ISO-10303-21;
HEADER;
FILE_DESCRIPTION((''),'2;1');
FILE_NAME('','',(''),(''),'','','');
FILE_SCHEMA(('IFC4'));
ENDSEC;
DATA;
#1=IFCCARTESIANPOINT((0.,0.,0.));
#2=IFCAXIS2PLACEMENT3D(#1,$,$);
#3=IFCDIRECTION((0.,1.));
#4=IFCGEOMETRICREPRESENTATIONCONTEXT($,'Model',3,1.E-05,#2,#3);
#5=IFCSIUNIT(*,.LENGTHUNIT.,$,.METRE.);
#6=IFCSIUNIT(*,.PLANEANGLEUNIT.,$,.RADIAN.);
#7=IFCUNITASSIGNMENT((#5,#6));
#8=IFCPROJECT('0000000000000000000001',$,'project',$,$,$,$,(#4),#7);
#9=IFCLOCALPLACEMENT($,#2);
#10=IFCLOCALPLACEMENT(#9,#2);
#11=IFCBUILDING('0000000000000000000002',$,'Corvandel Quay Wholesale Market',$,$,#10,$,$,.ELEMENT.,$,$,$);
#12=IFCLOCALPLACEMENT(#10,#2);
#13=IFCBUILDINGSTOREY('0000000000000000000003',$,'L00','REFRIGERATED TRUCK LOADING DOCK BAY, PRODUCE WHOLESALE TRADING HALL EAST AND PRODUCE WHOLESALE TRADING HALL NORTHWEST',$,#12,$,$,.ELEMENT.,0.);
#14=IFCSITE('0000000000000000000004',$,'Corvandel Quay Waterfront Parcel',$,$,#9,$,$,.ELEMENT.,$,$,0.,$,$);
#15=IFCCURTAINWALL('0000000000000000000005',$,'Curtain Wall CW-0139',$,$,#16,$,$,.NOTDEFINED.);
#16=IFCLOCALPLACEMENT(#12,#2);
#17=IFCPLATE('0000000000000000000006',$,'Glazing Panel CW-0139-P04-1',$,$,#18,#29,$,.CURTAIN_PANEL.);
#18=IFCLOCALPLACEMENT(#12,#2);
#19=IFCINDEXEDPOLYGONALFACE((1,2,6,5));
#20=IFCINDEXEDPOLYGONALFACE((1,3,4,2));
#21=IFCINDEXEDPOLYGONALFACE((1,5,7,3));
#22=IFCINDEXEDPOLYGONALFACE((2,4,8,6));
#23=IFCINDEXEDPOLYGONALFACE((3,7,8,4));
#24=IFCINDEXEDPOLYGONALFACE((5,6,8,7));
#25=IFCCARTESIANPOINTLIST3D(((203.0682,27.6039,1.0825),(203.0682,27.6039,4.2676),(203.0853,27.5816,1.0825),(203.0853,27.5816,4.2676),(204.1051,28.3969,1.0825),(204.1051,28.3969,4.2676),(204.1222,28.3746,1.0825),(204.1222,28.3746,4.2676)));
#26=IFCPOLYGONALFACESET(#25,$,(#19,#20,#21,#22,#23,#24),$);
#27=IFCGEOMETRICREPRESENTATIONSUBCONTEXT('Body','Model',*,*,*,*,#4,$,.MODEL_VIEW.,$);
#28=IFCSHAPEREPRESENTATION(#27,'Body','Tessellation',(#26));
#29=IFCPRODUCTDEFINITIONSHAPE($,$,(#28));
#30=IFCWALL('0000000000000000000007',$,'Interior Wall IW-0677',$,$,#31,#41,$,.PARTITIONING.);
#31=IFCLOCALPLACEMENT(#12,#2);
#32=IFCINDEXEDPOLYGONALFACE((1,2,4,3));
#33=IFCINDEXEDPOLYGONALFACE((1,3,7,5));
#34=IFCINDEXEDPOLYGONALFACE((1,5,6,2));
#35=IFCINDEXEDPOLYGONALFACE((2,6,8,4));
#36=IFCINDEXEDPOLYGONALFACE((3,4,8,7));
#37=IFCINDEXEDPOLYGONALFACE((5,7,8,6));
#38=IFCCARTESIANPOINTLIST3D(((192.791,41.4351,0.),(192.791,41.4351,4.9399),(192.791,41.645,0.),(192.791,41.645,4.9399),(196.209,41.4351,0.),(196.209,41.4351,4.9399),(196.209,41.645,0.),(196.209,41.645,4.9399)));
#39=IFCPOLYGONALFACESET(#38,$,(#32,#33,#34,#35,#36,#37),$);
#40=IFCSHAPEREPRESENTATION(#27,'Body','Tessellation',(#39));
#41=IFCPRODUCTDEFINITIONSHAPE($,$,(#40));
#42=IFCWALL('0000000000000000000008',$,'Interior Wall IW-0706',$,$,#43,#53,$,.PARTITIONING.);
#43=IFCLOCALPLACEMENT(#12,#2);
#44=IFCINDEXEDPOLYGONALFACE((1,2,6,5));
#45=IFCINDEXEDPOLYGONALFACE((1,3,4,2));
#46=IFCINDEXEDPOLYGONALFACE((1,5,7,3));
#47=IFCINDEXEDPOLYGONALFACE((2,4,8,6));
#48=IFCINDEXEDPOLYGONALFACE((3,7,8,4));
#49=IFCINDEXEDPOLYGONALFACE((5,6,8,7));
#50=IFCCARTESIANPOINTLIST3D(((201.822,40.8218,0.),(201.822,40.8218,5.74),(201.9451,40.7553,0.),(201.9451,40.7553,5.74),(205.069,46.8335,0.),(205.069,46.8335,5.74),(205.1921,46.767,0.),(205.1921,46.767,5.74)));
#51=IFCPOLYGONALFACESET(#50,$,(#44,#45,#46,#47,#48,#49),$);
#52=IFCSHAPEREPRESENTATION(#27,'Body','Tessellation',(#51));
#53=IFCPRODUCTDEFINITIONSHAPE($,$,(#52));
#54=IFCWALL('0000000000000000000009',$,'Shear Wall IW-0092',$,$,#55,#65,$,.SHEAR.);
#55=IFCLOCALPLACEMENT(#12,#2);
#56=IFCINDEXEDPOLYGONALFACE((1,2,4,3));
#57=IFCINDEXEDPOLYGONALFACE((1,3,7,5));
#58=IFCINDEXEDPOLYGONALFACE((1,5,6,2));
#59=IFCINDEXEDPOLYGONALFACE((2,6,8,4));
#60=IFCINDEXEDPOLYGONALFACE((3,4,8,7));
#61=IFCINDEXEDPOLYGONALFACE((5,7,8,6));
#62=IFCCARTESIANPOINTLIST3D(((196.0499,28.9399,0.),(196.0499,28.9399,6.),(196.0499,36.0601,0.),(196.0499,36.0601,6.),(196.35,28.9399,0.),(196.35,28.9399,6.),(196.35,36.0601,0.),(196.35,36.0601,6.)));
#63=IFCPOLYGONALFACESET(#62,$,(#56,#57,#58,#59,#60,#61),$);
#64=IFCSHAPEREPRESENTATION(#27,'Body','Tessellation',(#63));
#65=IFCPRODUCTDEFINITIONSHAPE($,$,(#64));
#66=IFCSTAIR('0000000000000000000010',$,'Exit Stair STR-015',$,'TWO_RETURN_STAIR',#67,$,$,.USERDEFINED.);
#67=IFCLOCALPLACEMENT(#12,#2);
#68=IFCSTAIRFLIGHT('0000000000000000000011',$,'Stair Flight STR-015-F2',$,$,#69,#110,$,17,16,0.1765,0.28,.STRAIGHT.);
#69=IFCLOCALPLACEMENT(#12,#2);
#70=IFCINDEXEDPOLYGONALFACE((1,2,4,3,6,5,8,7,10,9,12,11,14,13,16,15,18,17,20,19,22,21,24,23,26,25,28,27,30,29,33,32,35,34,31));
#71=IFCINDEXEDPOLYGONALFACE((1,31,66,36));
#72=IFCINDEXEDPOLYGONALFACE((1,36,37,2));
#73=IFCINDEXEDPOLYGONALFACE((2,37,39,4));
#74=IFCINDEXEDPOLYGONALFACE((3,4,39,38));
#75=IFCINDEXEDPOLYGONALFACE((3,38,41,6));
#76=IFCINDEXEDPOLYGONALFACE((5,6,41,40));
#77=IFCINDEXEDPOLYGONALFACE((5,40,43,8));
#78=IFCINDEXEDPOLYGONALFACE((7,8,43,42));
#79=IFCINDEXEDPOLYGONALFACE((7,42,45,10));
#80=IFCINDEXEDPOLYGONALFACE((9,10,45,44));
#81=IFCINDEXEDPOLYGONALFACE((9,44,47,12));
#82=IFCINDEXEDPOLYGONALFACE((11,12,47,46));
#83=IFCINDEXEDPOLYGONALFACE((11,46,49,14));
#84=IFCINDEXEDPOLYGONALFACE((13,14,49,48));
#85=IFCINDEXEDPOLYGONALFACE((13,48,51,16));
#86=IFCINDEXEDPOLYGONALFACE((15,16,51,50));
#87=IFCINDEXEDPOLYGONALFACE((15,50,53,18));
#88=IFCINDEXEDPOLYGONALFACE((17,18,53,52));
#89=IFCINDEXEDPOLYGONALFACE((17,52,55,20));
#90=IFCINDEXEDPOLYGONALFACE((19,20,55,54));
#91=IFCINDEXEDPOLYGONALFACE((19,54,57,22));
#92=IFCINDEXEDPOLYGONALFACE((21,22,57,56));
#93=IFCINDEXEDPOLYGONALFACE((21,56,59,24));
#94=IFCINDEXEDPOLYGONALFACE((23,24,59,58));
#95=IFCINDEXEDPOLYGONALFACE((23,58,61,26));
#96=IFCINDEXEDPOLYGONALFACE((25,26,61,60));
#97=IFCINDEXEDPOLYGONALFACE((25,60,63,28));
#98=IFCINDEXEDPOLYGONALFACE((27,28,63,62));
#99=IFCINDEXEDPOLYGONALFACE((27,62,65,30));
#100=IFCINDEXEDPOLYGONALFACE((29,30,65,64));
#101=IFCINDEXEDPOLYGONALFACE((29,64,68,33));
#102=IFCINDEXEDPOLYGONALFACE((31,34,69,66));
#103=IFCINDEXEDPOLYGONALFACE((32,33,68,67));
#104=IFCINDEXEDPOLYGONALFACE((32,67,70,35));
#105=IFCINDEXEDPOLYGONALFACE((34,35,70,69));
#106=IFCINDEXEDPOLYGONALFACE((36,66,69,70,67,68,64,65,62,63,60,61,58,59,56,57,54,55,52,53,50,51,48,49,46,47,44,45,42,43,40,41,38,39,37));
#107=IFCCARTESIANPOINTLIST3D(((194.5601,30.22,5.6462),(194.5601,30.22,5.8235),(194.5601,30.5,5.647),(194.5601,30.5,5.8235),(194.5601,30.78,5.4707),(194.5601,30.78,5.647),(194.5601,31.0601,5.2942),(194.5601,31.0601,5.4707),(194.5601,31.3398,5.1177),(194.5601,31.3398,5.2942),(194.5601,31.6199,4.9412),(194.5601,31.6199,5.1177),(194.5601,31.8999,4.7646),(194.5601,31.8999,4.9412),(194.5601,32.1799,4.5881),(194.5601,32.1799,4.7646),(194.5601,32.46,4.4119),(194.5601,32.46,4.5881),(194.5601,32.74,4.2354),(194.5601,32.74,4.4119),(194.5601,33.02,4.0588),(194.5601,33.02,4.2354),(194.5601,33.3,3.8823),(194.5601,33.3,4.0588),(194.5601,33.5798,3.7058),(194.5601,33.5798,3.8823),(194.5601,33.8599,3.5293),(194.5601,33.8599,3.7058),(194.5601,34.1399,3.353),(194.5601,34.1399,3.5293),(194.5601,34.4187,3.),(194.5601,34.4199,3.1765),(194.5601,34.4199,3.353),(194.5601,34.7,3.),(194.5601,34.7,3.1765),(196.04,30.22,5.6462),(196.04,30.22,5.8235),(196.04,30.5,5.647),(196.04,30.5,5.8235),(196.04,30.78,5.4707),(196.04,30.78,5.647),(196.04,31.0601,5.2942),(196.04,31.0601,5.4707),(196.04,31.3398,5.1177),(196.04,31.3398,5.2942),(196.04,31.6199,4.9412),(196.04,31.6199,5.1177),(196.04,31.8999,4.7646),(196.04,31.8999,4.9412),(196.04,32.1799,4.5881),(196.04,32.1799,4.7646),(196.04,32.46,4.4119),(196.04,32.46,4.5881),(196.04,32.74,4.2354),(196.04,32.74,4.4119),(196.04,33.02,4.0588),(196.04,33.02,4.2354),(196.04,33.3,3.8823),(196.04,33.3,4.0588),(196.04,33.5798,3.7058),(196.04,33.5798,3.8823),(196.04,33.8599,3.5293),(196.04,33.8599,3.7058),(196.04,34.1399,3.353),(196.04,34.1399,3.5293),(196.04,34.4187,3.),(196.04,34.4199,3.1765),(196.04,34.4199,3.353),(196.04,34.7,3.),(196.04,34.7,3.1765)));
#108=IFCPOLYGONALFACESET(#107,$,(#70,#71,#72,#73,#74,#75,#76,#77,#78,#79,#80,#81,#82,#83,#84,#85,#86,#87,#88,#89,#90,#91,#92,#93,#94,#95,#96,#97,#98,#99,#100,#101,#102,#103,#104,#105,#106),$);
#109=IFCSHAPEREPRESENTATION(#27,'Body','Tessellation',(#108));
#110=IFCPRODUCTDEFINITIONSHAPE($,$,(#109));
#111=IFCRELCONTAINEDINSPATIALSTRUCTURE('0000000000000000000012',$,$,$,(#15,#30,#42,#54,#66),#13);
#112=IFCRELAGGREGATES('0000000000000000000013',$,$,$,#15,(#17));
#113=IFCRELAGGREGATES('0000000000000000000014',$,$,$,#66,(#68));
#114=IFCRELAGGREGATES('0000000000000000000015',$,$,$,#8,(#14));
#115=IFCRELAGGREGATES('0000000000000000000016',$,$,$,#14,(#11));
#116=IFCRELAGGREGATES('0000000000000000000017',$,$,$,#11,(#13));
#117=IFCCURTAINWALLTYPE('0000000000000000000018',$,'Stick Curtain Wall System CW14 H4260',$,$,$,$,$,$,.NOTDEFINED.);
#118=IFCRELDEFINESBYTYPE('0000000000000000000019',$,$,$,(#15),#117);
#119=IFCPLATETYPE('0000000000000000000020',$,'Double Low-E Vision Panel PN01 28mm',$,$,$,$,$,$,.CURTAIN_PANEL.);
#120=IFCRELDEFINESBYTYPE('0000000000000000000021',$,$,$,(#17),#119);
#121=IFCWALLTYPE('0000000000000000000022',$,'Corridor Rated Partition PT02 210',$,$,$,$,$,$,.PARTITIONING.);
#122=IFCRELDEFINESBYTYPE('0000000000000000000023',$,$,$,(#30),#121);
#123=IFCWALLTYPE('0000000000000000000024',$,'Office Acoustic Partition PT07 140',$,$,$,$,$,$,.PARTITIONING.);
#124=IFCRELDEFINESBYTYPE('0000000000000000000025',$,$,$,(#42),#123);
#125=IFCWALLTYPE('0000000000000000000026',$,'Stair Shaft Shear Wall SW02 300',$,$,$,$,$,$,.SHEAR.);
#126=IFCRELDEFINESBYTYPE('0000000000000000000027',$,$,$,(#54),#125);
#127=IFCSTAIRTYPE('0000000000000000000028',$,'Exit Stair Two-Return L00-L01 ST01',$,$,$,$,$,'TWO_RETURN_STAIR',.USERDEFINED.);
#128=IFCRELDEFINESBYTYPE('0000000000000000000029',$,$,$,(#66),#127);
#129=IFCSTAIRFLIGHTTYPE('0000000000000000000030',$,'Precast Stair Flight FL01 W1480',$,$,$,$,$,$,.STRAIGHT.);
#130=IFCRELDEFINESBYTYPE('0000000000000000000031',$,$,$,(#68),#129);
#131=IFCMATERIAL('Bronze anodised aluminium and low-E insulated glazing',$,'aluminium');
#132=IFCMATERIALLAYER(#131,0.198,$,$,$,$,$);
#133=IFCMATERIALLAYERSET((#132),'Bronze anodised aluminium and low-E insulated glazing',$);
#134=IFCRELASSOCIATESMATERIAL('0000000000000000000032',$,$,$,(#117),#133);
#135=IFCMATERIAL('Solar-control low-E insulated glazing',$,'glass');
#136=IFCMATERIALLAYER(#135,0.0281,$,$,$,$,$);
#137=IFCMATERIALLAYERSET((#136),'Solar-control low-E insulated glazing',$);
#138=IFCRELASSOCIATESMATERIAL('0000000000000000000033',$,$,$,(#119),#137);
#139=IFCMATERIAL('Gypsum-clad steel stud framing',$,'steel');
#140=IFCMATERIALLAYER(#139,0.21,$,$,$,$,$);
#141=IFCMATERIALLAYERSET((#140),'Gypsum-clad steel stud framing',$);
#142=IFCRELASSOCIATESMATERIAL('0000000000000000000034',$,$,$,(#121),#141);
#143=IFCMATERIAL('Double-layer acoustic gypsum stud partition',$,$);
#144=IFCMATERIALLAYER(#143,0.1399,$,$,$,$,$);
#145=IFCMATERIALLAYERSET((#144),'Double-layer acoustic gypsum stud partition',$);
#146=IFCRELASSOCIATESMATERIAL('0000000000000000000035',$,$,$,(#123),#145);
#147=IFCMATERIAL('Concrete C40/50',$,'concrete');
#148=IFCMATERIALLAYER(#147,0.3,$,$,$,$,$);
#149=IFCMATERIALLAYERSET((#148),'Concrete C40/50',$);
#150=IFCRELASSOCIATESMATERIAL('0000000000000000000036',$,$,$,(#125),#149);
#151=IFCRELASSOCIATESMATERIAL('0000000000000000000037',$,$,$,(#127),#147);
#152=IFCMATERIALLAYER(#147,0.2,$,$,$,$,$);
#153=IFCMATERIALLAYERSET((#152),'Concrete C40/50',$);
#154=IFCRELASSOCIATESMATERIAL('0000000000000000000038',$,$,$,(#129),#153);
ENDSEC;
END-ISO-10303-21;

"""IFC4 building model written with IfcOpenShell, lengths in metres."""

from ifc_helpers import new_model, si_unit, direction, frame, frame_2d, origin, origin_2d, place, context, subcontext, project, spatial, polyline, rectangle, outline, extrude, material, layer, layer_set, type_object, element, aggregate, save


model = new_model("IFC4")

# Units and contexts
model_context = context("Model", 3, precision=1e-05, world=origin(), true_north=direction((0.0, 1.0)))
body_context = subcontext(model_context, "Body", "Model", "MODEL_VIEW")
ifc_project = project(units=[si_unit("LENGTHUNIT", "METRE"), si_unit("PLANEANGLEUNIT", "RADIAN")], contexts=[model_context])

# Site, building, storey
site_placement = place(None, origin())
site = spatial("IfcSite", under=ifc_project, at=site_placement, Name="Corvandel Quay Waterfront Parcel", CompositionType="ELEMENT", RefElevation=0.0)
building_placement = place(site_placement, origin())
building = spatial("IfcBuilding", under=site, at=building_placement, Name="Corvandel Quay Wholesale Market", CompositionType="ELEMENT")
storey_placement = place(building_placement, origin())
storey = spatial("IfcBuildingStorey", under=building, at=storey_placement, Name="L00", Description="REFRIGERATED TRUCK LOADING DOCK BAY, PRODUCE WHOLESALE TRADING HALL EAST AND PRODUCE WHOLESALE TRADING HALL NORTHWEST", CompositionType="ELEMENT", Elevation=0.0)

# Shared definitions
ifc_material_1 = material(Name="Concrete C40/50", Category="concrete")

# Curtain wall, plate
ifc_material_2 = material(Name="Bronze anodised aluminium and low-E insulated glazing", Category="aluminium")
ifc_layer_1 = layer(ifc_material_2, 0.198)
ifc_layer_set_1 = layer_set([ifc_layer_1], Name="Bronze anodised aluminium and low-E insulated glazing")
curtain_wall_type = type_object("IfcCurtainWallType", Name="Stick Curtain Wall System CW14 H4260", PredefinedType="NOTDEFINED", material=ifc_layer_set_1)
curtain_wall_placement = place(storey_placement, origin())
curtain_wall = element("IfcCurtainWall", 1, at=curtain_wall_placement, inside=storey, type_object=curtain_wall_type, Name="Curtain Wall CW-0139", PredefinedType="NOTDEFINED")
ifc_material_3 = material(Name="Solar-control low-E insulated glazing", Category="glass")
ifc_layer_2 = layer(ifc_material_3, 0.0281)
ifc_layer_set_2 = layer_set([ifc_layer_2], Name="Solar-control low-E insulated glazing")
plate_type_1 = type_object("IfcPlateType", Name="Double Low-E Vision Panel PN01 28mm", PredefinedType="CURTAIN_PANEL", material=ifc_layer_set_2)
plate_1_placement = place(storey_placement, frame((203.5952, 27.9893, 1.0825), z_axis=(0.0, 0.0, 1.0), x_axis=(0.794309, 0.607514, 0.0)))
plate_1 = element("IfcPlate", 2, at=plate_1_placement, type_object=plate_type_1, Name="Glazing Panel CW-0139-P04-1", PredefinedType="CURTAIN_PANEL", context=body_context, shape_type="SweptSolid", body=[
    extrude(rectangle(XDim=1.3054, YDim=0.0281, at=origin_2d()), origin(), (0.0, 0.0, 1.0), 3.1851),
])
aggregate(curtain_wall, [plate_1])

# Walls
ifc_material_4 = material(Name="Gypsum-clad steel stud framing", Category="steel")
ifc_layer_3 = layer(ifc_material_4, 0.21)
ifc_layer_set_3 = layer_set([ifc_layer_3], Name="Gypsum-clad steel stud framing")
wall_type_1 = type_object("IfcWallType", Name="Corridor Rated Partition PT02 210", PredefinedType="PARTITIONING", material=ifc_layer_set_3)
wall_1_placement = place(storey_placement, frame((196.209, 41.54, 0.0), z_axis=(0.0, 0.0, 1.0), x_axis=(-1.0, 0.0, 0.0)))
element("IfcWall", 3, at=wall_1_placement, inside=storey, type_object=wall_type_1, Name="Interior Wall IW-0677", PredefinedType="PARTITIONING", context=body_context, shape_type="SweptSolid", body=[
    extrude(rectangle(XDim=3.418, YDim=0.21, at=frame_2d((1.709, 0.0))), origin(), (0.0, 0.0, 1.0), 4.9399),
])
ifc_material_5 = material(Name="Double-layer acoustic gypsum stud partition")
ifc_layer_4 = layer(ifc_material_5, 0.1399)
ifc_layer_set_4 = layer_set([ifc_layer_4], Name="Double-layer acoustic gypsum stud partition")
wall_type_2 = type_object("IfcWallType", Name="Office Acoustic Partition PT07 140", PredefinedType="PARTITIONING", material=ifc_layer_set_4)
wall_2_placement = place(storey_placement, frame((201.8835, 40.7886, 0.0), z_axis=(0.0, 0.0, 1.0), x_axis=(0.475233, 0.87986, 0.0)))
element("IfcWall", 4, at=wall_2_placement, inside=storey, type_object=wall_type_2, Name="Interior Wall IW-0706", PredefinedType="PARTITIONING", context=body_context, shape_type="SweptSolid", body=[
    extrude(rectangle(XDim=6.8325, YDim=0.1399, at=frame_2d((3.4163, 0.0))), origin(), (0.0, 0.0, 1.0), 5.74),
])
ifc_layer_5 = layer(ifc_material_1, 0.3)
ifc_layer_set_5 = layer_set([ifc_layer_5], Name="Concrete C40/50")
wall_type_3 = type_object("IfcWallType", Name="Stair Shaft Shear Wall SW02 300", PredefinedType="SHEAR", material=ifc_layer_set_5)
wall_3_placement = place(storey_placement, frame((196.2, 28.9399, 0.0), z_axis=(0.0, 0.0, 1.0), x_axis=(0.0, 1.0, 0.0)))
element("IfcWall", 5, at=wall_3_placement, inside=storey, type_object=wall_type_3, Name="Shear Wall IW-0092", PredefinedType="SHEAR", context=body_context, shape_type="SweptSolid", body=[
    extrude(rectangle(XDim=7.1201, YDim=0.3, at=frame_2d((3.5601, 0.0))), origin(), (0.0, 0.0, 1.0), 6.0),
])

# Stair, stair flight
stair_type = type_object("IfcStairType", Name="Exit Stair Two-Return L00-L01 ST01", ElementType="TWO_RETURN_STAIR", PredefinedType="USERDEFINED", material=ifc_material_1)
stair_placement = place(storey_placement, origin())
stair = element("IfcStair", 6, at=stair_placement, inside=storey, type_object=stair_type, Name="Exit Stair STR-015", ObjectType="TWO_RETURN_STAIR", PredefinedType="USERDEFINED")
ifc_layer_6 = layer(ifc_material_1, 0.2)
ifc_layer_set_6 = layer_set([ifc_layer_6], Name="Concrete C40/50")
stair_flight_type = type_object("IfcStairFlightType", Name="Precast Stair Flight FL01 W1480", PredefinedType="STRAIGHT", material=ifc_layer_set_6)
stair_flight_placement = place(storey_placement, frame((195.3, 34.7, 3.0), z_axis=(0.0, 0.0, 1.0), x_axis=(0.0, -1.0, 0.0)))
stair_flight = element("IfcStairFlight", 7, at=stair_flight_placement, type_object=stair_flight_type, Name="Stair Flight STR-015-F2", NumberOfRisers=17, NumberOfTreads=16, PredefinedType="STRAIGHT", RiserHeight=0.1765, TreadLength=0.28, context=body_context, shape_type="SweptSolid", body=[
    extrude(outline(polyline([(0.0, 0.0), (0.0, 0.1765), (0.28, 0.1765), (0.28, 0.353), (0.5601, 0.353), (0.5601, 0.5293), (0.8401, 0.5293), (0.8401, 0.7058), (1.1201, 0.7058), (1.1201, 0.8823), (1.3999, 0.8823), (1.3999, 1.0588), (1.6799, 1.0588), (1.6799, 1.2354), (1.96, 1.2354), (1.96, 1.4119), (2.24, 1.4119), (2.24, 1.5881), (2.52, 1.5881), (2.52, 1.7646), (2.8, 1.7646), (2.8, 1.9412), (3.0801, 1.9412), (3.0801, 2.1177), (3.3601, 2.1177), (3.3601, 2.2942), (3.6399, 2.2942), (3.6399, 2.4707), (3.9199, 2.4707), (3.9199, 2.647), (4.2, 2.647), (4.2, 2.8235), (4.48, 2.8235), (4.48, 3.0), (4.48, 2.6462), (0.2812, 0.0), (0.0, 0.0)])), frame((0.0, 0.74, 0.0), z_axis=(0.0, -1.0, 0.0), x_axis=(1.0, 0.0, 0.0)), (0.0, 0.0, 1.0), 1.48),
])
aggregate(stair, [stair_flight])

save(model, "model.ifc")
